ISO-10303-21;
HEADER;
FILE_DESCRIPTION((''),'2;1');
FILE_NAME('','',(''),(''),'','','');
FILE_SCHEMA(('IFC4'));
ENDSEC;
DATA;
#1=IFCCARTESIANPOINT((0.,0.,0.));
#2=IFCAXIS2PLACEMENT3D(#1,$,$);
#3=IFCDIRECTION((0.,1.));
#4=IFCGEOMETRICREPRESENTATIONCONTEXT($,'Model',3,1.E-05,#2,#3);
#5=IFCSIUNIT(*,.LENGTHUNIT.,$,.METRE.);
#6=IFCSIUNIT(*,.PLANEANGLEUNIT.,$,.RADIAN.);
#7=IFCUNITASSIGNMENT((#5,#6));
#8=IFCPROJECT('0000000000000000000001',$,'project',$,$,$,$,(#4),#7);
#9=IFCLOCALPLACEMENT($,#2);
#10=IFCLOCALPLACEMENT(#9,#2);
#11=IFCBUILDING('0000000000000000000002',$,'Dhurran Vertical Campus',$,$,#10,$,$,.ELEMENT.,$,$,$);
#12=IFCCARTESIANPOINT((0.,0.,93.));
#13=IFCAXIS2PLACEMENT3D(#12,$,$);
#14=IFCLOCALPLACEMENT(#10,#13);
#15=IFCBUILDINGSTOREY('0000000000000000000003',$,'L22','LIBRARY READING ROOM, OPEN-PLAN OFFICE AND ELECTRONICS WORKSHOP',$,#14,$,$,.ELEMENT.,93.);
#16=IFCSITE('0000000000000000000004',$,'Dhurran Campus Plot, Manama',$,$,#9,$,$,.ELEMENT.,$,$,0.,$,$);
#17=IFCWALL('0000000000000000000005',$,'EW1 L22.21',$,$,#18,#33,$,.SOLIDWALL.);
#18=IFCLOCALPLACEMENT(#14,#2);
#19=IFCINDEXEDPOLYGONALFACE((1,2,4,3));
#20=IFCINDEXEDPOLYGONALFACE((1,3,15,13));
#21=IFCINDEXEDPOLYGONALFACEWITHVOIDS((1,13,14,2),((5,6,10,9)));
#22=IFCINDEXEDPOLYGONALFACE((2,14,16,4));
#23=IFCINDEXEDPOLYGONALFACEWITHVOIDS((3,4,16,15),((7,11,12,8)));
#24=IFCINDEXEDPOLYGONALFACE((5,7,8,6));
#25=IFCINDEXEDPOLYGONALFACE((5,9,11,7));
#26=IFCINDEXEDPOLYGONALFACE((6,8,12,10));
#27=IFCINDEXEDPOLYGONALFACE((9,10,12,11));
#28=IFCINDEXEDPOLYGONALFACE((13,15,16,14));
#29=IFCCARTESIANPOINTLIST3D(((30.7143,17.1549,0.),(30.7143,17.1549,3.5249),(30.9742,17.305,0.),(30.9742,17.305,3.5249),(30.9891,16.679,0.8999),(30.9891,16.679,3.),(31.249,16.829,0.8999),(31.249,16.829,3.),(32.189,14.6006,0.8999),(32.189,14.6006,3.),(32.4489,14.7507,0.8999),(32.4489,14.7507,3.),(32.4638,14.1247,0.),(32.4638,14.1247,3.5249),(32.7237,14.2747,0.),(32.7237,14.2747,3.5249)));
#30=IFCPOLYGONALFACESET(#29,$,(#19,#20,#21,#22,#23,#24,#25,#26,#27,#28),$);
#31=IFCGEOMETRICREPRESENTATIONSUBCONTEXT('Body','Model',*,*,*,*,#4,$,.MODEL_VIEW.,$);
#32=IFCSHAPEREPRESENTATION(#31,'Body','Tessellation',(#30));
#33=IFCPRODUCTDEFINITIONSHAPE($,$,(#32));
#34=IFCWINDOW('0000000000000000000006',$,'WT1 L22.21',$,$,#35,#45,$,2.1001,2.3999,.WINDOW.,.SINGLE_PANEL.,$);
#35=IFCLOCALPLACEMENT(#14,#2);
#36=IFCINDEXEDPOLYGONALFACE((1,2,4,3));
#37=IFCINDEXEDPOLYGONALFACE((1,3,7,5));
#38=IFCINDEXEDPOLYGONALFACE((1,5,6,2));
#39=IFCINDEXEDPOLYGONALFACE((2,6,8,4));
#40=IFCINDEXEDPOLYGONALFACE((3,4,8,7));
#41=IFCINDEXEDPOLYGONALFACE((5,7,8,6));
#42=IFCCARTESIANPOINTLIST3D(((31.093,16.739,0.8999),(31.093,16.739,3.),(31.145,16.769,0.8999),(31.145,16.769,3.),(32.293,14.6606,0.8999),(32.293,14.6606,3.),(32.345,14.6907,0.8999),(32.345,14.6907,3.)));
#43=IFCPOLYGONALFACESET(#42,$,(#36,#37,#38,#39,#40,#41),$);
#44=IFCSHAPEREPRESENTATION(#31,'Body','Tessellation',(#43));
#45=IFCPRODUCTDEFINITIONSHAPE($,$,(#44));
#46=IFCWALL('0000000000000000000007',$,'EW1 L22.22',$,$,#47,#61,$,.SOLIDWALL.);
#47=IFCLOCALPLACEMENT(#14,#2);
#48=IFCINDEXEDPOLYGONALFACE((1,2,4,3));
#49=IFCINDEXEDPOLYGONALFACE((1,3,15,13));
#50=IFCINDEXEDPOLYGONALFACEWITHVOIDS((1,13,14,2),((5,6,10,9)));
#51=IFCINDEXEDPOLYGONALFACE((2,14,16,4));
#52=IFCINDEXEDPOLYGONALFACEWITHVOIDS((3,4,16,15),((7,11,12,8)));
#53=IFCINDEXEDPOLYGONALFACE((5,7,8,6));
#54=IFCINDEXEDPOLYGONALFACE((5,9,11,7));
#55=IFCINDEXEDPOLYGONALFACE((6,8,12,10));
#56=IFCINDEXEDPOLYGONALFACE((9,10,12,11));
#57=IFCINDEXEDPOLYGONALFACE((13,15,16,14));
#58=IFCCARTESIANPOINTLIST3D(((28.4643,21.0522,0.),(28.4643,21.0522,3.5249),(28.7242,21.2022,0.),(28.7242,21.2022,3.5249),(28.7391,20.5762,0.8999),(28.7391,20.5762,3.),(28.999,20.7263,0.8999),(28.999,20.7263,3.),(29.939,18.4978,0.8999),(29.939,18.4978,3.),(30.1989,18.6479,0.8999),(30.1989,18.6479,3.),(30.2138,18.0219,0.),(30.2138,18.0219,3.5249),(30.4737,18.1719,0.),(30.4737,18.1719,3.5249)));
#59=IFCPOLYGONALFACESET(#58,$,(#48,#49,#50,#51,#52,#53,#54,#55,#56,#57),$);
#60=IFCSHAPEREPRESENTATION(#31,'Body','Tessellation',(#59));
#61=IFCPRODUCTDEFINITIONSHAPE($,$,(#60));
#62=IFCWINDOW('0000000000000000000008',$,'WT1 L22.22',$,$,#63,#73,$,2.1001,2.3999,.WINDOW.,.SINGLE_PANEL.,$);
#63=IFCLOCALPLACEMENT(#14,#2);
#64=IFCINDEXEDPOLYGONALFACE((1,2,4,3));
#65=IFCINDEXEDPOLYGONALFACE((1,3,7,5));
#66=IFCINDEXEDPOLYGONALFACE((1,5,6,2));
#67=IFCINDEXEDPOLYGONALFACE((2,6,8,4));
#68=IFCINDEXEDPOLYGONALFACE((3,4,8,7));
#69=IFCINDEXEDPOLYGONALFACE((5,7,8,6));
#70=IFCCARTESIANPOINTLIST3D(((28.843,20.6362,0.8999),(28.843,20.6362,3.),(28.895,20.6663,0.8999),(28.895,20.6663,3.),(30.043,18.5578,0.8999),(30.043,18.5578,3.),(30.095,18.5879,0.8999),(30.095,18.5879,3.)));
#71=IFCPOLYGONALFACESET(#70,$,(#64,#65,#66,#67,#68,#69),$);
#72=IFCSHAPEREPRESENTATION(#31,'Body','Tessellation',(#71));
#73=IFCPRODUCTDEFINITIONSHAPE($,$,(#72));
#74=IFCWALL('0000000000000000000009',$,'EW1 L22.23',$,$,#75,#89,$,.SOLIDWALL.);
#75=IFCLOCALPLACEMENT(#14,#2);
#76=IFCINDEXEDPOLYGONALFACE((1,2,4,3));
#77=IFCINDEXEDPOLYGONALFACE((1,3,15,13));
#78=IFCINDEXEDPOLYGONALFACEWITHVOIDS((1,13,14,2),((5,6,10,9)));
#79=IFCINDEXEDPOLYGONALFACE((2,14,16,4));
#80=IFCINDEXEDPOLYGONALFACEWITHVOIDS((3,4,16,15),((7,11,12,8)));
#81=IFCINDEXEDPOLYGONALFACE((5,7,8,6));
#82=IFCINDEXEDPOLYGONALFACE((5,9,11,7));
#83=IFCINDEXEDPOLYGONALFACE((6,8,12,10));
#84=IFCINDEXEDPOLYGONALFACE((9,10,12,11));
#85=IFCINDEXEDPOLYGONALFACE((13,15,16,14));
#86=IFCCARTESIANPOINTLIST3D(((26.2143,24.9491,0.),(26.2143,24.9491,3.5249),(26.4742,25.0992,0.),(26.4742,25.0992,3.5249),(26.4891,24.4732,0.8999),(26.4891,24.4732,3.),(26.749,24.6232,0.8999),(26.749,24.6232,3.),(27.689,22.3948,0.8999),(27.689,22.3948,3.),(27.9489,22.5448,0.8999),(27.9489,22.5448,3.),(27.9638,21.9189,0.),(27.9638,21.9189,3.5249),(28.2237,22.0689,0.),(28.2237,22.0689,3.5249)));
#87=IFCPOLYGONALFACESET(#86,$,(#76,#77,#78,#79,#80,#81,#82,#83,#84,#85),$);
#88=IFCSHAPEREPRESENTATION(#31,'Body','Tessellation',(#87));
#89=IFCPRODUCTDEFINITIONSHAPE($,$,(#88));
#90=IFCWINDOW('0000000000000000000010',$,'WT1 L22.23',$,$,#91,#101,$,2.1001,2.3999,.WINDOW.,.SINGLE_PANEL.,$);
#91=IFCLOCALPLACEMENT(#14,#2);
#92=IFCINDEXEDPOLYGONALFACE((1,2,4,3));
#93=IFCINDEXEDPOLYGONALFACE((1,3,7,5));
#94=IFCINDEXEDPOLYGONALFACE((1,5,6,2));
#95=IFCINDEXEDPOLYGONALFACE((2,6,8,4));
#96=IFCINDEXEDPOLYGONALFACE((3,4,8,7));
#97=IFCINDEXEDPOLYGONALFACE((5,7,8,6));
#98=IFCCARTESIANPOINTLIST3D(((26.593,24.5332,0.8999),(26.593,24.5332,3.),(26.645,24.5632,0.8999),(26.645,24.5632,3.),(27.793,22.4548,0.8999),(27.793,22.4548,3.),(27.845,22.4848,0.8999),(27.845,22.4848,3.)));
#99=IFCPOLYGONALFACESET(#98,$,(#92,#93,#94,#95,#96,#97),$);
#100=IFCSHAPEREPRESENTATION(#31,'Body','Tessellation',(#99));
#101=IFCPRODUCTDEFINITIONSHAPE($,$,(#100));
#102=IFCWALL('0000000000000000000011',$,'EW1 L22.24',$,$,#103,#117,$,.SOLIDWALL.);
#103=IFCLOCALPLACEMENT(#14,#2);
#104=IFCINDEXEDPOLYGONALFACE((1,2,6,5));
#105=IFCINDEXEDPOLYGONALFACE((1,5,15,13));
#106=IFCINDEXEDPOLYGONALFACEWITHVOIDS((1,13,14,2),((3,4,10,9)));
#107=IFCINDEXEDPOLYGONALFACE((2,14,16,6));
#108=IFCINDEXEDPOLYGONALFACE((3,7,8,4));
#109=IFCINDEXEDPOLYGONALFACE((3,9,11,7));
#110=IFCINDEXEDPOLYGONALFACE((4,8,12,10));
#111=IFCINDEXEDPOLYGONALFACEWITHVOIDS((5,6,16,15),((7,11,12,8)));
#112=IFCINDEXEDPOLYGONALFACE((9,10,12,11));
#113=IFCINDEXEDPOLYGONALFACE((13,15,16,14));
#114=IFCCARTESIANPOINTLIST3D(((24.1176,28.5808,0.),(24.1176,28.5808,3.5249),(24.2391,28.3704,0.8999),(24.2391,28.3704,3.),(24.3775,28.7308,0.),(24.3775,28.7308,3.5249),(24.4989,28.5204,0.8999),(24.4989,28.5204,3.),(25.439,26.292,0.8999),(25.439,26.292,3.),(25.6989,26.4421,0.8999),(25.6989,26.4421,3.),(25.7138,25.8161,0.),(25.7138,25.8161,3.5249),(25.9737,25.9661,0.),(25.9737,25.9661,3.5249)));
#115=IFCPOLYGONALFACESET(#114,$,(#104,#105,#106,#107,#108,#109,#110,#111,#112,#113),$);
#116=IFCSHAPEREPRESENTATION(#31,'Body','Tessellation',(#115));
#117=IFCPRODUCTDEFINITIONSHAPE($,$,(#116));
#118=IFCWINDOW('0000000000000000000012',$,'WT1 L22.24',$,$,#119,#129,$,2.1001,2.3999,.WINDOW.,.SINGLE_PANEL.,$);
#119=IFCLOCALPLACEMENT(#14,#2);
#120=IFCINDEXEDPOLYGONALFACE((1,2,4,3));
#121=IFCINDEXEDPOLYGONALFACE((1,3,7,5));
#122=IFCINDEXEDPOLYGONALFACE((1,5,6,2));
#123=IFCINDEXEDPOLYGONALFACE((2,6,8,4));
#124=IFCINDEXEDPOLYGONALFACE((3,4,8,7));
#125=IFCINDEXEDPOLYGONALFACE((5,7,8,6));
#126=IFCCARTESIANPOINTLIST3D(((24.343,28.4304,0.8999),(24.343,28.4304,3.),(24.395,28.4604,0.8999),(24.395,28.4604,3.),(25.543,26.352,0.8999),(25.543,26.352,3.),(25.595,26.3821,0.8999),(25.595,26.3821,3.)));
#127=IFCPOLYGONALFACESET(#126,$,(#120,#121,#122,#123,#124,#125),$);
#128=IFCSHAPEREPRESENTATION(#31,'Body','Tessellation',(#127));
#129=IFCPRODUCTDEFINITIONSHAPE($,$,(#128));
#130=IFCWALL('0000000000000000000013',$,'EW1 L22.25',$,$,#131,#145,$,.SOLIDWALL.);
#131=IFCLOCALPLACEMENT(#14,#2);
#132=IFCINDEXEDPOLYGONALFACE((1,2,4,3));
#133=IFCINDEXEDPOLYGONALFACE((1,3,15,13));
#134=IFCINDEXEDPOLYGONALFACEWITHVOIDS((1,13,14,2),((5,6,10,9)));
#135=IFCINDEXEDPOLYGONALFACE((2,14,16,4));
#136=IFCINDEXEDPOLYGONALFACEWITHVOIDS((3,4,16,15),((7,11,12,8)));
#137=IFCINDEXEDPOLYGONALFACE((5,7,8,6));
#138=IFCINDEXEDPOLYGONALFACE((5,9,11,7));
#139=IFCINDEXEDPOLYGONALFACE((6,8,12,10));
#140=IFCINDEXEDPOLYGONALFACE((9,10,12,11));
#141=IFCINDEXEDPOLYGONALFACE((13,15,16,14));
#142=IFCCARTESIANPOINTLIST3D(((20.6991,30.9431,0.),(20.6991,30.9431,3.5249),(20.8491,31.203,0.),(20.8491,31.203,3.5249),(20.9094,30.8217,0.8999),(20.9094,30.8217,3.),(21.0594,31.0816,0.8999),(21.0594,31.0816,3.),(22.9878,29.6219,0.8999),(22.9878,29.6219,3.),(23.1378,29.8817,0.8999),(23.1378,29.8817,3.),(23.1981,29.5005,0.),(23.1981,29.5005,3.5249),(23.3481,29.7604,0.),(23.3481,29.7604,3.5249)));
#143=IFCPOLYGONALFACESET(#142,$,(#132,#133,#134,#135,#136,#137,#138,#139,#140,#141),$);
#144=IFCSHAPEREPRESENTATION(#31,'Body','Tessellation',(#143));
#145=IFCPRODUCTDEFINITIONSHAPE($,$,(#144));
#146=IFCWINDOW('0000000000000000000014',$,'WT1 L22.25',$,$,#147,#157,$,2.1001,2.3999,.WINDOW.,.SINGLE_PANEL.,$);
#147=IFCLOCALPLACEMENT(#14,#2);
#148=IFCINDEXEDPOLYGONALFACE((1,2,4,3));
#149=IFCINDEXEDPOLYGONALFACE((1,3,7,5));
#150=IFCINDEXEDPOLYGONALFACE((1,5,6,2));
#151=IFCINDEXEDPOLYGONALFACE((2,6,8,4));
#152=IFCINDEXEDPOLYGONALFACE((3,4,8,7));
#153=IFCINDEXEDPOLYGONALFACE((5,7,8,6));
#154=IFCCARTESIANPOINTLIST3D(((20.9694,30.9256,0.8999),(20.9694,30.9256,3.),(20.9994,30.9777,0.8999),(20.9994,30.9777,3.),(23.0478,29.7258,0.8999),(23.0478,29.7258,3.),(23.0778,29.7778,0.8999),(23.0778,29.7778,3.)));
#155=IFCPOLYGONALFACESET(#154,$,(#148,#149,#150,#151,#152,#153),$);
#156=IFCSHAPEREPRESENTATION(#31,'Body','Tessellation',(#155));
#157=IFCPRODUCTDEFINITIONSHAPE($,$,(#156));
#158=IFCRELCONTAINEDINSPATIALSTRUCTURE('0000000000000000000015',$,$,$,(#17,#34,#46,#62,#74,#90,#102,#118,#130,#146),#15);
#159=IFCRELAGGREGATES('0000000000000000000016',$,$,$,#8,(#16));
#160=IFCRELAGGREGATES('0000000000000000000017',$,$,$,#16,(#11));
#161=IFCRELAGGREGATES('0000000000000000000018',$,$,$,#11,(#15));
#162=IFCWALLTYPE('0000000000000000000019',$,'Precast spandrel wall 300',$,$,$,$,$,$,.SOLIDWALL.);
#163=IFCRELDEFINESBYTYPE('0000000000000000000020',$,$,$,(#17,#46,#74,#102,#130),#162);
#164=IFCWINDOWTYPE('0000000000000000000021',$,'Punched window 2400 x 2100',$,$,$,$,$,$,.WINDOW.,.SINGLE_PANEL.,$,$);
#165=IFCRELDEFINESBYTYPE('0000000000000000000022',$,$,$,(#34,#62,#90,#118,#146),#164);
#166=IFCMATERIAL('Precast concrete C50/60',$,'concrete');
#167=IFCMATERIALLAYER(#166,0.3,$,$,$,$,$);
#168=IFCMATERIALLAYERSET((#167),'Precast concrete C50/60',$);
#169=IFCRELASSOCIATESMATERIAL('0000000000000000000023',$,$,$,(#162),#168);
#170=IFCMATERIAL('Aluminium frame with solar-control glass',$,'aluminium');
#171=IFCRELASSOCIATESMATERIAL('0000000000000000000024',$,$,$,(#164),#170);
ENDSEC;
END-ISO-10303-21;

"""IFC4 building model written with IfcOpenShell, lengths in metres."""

from ifc_helpers import new_model, si_unit, direction, frame, frame_2d, origin, place, context, subcontext, project, spatial, rectangle, extrude, material, layer, layer_set, type_object, element, fill, save


model = new_model("IFC4")

# Units and contexts
model_context = context("Model", 3, precision=1e-05, world=origin(), true_north=direction((0.0, 1.0)))
body_context = subcontext(model_context, "Body", "Model", "MODEL_VIEW")
ifc_project = project(units=[si_unit("LENGTHUNIT", "METRE"), si_unit("PLANEANGLEUNIT", "RADIAN")], contexts=[model_context])

# Site, building, storey
site_placement = place(None, origin())
site = spatial("IfcSite", under=ifc_project, at=site_placement, Name="Dhurran Campus Plot, Manama", CompositionType="ELEMENT", RefElevation=0.0)
building_placement = place(site_placement, origin())
building = spatial("IfcBuilding", under=site, at=building_placement, Name="Dhurran Vertical Campus", CompositionType="ELEMENT")
storey_placement = place(building_placement, frame((0.0, 0.0, 93.0)))
storey = spatial("IfcBuildingStorey", under=building, at=storey_placement, Name="L22", Description="LIBRARY READING ROOM, OPEN-PLAN OFFICE AND ELECTRONICS WORKSHOP", CompositionType="ELEMENT", Elevation=93.0)

# Walls, openings, windows
ifc_material_1 = material(Name="Precast concrete C50/60", Category="concrete")
ifc_layer_1 = layer(ifc_material_1, 0.3)
ifc_layer_set_1 = layer_set([ifc_layer_1], Name="Precast concrete C50/60")
wall_type_1 = type_object("IfcWallType", Name="Precast spandrel wall 300", PredefinedType="SOLIDWALL", material=ifc_layer_set_1)
wall_1_placement = place(storey_placement, frame((32.5938, 14.1997, 0.0), z_axis=(0.0, 0.0, 1.0), x_axis=(-0.499996, 0.866028, 0.0)))
wall_1 = element("IfcWall", 1, at=wall_1_placement, inside=storey, type_object=wall_type_1, Name="EW1 L22.21", PredefinedType="SOLIDWALL", context=body_context, shape_type="SweptSolid", body=[
    extrude(rectangle(XDim=3.499, YDim=0.3, at=frame_2d((1.7495, 0.0))), origin(), (0.0, 0.0, 1.0), 3.5249),
])
opening_1_placement = place(wall_1_placement, frame((0.5496, 0.0, 0.8999)))
opening_1 = element("IfcOpeningElement", 2, at=opening_1_placement, cuts=wall_1, PredefinedType="OPENING", context=body_context, shape_type="SweptSolid", body=[
    extrude(rectangle(XDim=2.3999, YDim=2.1001, at=frame_2d((1.2, 1.05))), frame((0.0, 0.1599, 0.0), z_axis=(0.0, -1.0, 0.0), x_axis=(1.0, 0.0, 0.0)), (0.0, 0.0, 1.0), 0.3201),
])
ifc_material_2 = material(Name="Aluminium frame with solar-control glass", Category="aluminium")
window_type = type_object("IfcWindowType", Name="Punched window 2400 x 2100", PartitioningType="SINGLE_PANEL", PredefinedType="WINDOW", material=ifc_material_2)
window_1_placement = place(opening_1_placement, origin())
window_1 = element("IfcWindow", 3, at=window_1_placement, inside=storey, type_object=window_type, Name="WT1 L22.21", OverallHeight=2.1001, OverallWidth=2.3999, PartitioningType="SINGLE_PANEL", PredefinedType="WINDOW", context=body_context, shape_type="SweptSolid", body=[
    extrude(rectangle(XDim=2.3999, YDim=2.1001, at=frame_2d((1.2, 1.05))), frame((0.0, 0.03, 0.0), z_axis=(0.0, -1.0, 0.0), x_axis=(1.0, 0.0, 0.0)), (0.0, 0.0, 1.0), 0.0601),
])
fill(opening_1, window_1)
wall_2_placement = place(storey_placement, frame((30.3438, 18.0969, 0.0), z_axis=(0.0, 0.0, 1.0), x_axis=(-0.499996, 0.866028, 0.0)))
wall_2 = element("IfcWall", 4, at=wall_2_placement, inside=storey, type_object=wall_type_1, Name="EW1 L22.22", PredefinedType="SOLIDWALL", context=body_context, shape_type="SweptSolid", body=[
    extrude(rectangle(XDim=3.499, YDim=0.3, at=frame_2d((1.7495, 0.0))), origin(), (0.0, 0.0, 1.0), 3.5249),
])
opening_2_placement = place(wall_2_placement, frame((0.5496, 0.0, 0.8999)))
opening_2 = element("IfcOpeningElement", 5, at=opening_2_placement, cuts=wall_2, PredefinedType="OPENING", context=body_context, shape_type="SweptSolid", body=[
    extrude(rectangle(XDim=2.3999, YDim=2.1001, at=frame_2d((1.2, 1.05))), frame((0.0, 0.1599, 0.0), z_axis=(0.0, -1.0, 0.0), x_axis=(1.0, 0.0, 0.0)), (0.0, 0.0, 1.0), 0.3201),
])
window_2_placement = place(opening_2_placement, origin())
window_2 = element("IfcWindow", 6, at=window_2_placement, inside=storey, type_object=window_type, Name="WT1 L22.22", OverallHeight=2.1001, OverallWidth=2.3999, PartitioningType="SINGLE_PANEL", PredefinedType="WINDOW", context=body_context, shape_type="SweptSolid", body=[
    extrude(rectangle(XDim=2.3999, YDim=2.1001, at=frame_2d((1.2, 1.05))), frame((0.0, 0.03, 0.0), z_axis=(0.0, -1.0, 0.0), x_axis=(1.0, 0.0, 0.0)), (0.0, 0.0, 1.0), 0.0601),
])
fill(opening_2, window_2)
wall_3_placement = place(storey_placement, frame((28.0938, 21.9939, 0.0), z_axis=(0.0, 0.0, 1.0), x_axis=(-0.499996, 0.866028, 0.0)))
wall_3 = element("IfcWall", 7, at=wall_3_placement, inside=storey, type_object=wall_type_1, Name="EW1 L22.23", PredefinedType="SOLIDWALL", context=body_context, shape_type="SweptSolid", body=[
    extrude(rectangle(XDim=3.499, YDim=0.3, at=frame_2d((1.7495, 0.0))), origin(), (0.0, 0.0, 1.0), 3.5249),
])
opening_3_placement = place(wall_3_placement, frame((0.5496, 0.0, 0.8999)))
opening_3 = element("IfcOpeningElement", 8, at=opening_3_placement, cuts=wall_3, PredefinedType="OPENING", context=body_context, shape_type="SweptSolid", body=[
    extrude(rectangle(XDim=2.3999, YDim=2.1001, at=frame_2d((1.2, 1.05))), frame((0.0, 0.1599, 0.0), z_axis=(0.0, -1.0, 0.0), x_axis=(1.0, 0.0, 0.0)), (0.0, 0.0, 1.0), 0.3201),
])
window_3_placement = place(opening_3_placement, origin())
window_3 = element("IfcWindow", 9, at=window_3_placement, inside=storey, type_object=window_type, Name="WT1 L22.23", OverallHeight=2.1001, OverallWidth=2.3999, PartitioningType="SINGLE_PANEL", PredefinedType="WINDOW", context=body_context, shape_type="SweptSolid", body=[
    extrude(rectangle(XDim=2.3999, YDim=2.1001, at=frame_2d((1.2, 1.05))), frame((0.0, 0.03, 0.0), z_axis=(0.0, -1.0, 0.0), x_axis=(1.0, 0.0, 0.0)), (0.0, 0.0, 1.0), 0.0601),
])
fill(opening_3, window_3)
wall_4_placement = place(storey_placement, frame((25.8438, 25.8911, 0.0), z_axis=(0.0, 0.0, 1.0), x_axis=(-0.500005, 0.866023, 0.0)))
wall_4 = element("IfcWall", 10, at=wall_4_placement, inside=storey, type_object=wall_type_1, Name="EW1 L22.24", PredefinedType="SOLIDWALL", context=body_context, shape_type="SweptSolid", body=[
    extrude(rectangle(XDim=3.1924, YDim=0.3, at=frame_2d((1.5962, 0.0))), origin(), (0.0, 0.0, 1.0), 3.5249),
])
opening_4_placement = place(wall_4_placement, frame((0.5496, 0.0, 0.8999)))
opening_4 = element("IfcOpeningElement", 11, at=opening_4_placement, cuts=wall_4, PredefinedType="OPENING", context=body_context, shape_type="SweptSolid", body=[
    extrude(rectangle(XDim=2.3999, YDim=2.1001, at=frame_2d((1.2, 1.05))), frame((0.0, 0.1599, 0.0), z_axis=(0.0, -1.0, 0.0), x_axis=(1.0, 0.0, 0.0)), (0.0, 0.0, 1.0), 0.3201),
])
window_4_placement = place(opening_4_placement, origin())
window_4 = element("IfcWindow", 12, at=window_4_placement, inside=storey, type_object=window_type, Name="WT1 L22.24", OverallHeight=2.1001, OverallWidth=2.3999, PartitioningType="SINGLE_PANEL", PredefinedType="WINDOW", context=body_context, shape_type="SweptSolid", body=[
    extrude(rectangle(XDim=2.3999, YDim=2.1001, at=frame_2d((1.2, 1.05))), frame((0.0, 0.03, 0.0), z_axis=(0.0, -1.0, 0.0), x_axis=(1.0, 0.0, 0.0)), (0.0, 0.0, 1.0), 0.0601),
])
fill(opening_4, window_4)
wall_5_placement = place(storey_placement, frame((23.2732, 29.6304, 0.0), z_axis=(0.0, 0.0, 1.0), x_axis=(-0.866053, 0.499952, 0.0)))
wall_5 = element("IfcWall", 13, at=wall_5_placement, inside=storey, type_object=wall_type_1, Name="EW1 L22.25", PredefinedType="SOLIDWALL", context=body_context, shape_type="SweptSolid", body=[
    extrude(rectangle(XDim=2.8855, YDim=0.3, at=frame_2d((1.4429, 0.0))), origin(), (0.0, 0.0, 1.0), 3.5249),
])
opening_5_placement = place(wall_5_placement, frame((0.2429, 0.0, 0.8999)))
opening_5 = element("IfcOpeningElement", 14, at=opening_5_placement, cuts=wall_5, PredefinedType="OPENING", context=body_context, shape_type="SweptSolid", body=[
    extrude(rectangle(XDim=2.3999, YDim=2.1001, at=frame_2d((1.2, 1.05))), frame((0.0, 0.1599, 0.0), z_axis=(0.0, -1.0, 0.0), x_axis=(1.0, 0.0, 0.0)), (0.0, 0.0, 1.0), 0.3201),
])
window_5_placement = place(opening_5_placement, origin())
window_5 = element("IfcWindow", 15, at=window_5_placement, inside=storey, type_object=window_type, Name="WT1 L22.25", OverallHeight=2.1001, OverallWidth=2.3999, PartitioningType="SINGLE_PANEL", PredefinedType="WINDOW", context=body_context, shape_type="SweptSolid", body=[
    extrude(rectangle(XDim=2.3999, YDim=2.1001, at=frame_2d((1.2, 1.05))), frame((0.0, 0.03, 0.0), z_axis=(0.0, -1.0, 0.0), x_axis=(1.0, 0.0, 0.0)), (0.0, 0.0, 1.0), 0.0601),
])
fill(opening_5, window_5)

save(model, "model.ifc")
